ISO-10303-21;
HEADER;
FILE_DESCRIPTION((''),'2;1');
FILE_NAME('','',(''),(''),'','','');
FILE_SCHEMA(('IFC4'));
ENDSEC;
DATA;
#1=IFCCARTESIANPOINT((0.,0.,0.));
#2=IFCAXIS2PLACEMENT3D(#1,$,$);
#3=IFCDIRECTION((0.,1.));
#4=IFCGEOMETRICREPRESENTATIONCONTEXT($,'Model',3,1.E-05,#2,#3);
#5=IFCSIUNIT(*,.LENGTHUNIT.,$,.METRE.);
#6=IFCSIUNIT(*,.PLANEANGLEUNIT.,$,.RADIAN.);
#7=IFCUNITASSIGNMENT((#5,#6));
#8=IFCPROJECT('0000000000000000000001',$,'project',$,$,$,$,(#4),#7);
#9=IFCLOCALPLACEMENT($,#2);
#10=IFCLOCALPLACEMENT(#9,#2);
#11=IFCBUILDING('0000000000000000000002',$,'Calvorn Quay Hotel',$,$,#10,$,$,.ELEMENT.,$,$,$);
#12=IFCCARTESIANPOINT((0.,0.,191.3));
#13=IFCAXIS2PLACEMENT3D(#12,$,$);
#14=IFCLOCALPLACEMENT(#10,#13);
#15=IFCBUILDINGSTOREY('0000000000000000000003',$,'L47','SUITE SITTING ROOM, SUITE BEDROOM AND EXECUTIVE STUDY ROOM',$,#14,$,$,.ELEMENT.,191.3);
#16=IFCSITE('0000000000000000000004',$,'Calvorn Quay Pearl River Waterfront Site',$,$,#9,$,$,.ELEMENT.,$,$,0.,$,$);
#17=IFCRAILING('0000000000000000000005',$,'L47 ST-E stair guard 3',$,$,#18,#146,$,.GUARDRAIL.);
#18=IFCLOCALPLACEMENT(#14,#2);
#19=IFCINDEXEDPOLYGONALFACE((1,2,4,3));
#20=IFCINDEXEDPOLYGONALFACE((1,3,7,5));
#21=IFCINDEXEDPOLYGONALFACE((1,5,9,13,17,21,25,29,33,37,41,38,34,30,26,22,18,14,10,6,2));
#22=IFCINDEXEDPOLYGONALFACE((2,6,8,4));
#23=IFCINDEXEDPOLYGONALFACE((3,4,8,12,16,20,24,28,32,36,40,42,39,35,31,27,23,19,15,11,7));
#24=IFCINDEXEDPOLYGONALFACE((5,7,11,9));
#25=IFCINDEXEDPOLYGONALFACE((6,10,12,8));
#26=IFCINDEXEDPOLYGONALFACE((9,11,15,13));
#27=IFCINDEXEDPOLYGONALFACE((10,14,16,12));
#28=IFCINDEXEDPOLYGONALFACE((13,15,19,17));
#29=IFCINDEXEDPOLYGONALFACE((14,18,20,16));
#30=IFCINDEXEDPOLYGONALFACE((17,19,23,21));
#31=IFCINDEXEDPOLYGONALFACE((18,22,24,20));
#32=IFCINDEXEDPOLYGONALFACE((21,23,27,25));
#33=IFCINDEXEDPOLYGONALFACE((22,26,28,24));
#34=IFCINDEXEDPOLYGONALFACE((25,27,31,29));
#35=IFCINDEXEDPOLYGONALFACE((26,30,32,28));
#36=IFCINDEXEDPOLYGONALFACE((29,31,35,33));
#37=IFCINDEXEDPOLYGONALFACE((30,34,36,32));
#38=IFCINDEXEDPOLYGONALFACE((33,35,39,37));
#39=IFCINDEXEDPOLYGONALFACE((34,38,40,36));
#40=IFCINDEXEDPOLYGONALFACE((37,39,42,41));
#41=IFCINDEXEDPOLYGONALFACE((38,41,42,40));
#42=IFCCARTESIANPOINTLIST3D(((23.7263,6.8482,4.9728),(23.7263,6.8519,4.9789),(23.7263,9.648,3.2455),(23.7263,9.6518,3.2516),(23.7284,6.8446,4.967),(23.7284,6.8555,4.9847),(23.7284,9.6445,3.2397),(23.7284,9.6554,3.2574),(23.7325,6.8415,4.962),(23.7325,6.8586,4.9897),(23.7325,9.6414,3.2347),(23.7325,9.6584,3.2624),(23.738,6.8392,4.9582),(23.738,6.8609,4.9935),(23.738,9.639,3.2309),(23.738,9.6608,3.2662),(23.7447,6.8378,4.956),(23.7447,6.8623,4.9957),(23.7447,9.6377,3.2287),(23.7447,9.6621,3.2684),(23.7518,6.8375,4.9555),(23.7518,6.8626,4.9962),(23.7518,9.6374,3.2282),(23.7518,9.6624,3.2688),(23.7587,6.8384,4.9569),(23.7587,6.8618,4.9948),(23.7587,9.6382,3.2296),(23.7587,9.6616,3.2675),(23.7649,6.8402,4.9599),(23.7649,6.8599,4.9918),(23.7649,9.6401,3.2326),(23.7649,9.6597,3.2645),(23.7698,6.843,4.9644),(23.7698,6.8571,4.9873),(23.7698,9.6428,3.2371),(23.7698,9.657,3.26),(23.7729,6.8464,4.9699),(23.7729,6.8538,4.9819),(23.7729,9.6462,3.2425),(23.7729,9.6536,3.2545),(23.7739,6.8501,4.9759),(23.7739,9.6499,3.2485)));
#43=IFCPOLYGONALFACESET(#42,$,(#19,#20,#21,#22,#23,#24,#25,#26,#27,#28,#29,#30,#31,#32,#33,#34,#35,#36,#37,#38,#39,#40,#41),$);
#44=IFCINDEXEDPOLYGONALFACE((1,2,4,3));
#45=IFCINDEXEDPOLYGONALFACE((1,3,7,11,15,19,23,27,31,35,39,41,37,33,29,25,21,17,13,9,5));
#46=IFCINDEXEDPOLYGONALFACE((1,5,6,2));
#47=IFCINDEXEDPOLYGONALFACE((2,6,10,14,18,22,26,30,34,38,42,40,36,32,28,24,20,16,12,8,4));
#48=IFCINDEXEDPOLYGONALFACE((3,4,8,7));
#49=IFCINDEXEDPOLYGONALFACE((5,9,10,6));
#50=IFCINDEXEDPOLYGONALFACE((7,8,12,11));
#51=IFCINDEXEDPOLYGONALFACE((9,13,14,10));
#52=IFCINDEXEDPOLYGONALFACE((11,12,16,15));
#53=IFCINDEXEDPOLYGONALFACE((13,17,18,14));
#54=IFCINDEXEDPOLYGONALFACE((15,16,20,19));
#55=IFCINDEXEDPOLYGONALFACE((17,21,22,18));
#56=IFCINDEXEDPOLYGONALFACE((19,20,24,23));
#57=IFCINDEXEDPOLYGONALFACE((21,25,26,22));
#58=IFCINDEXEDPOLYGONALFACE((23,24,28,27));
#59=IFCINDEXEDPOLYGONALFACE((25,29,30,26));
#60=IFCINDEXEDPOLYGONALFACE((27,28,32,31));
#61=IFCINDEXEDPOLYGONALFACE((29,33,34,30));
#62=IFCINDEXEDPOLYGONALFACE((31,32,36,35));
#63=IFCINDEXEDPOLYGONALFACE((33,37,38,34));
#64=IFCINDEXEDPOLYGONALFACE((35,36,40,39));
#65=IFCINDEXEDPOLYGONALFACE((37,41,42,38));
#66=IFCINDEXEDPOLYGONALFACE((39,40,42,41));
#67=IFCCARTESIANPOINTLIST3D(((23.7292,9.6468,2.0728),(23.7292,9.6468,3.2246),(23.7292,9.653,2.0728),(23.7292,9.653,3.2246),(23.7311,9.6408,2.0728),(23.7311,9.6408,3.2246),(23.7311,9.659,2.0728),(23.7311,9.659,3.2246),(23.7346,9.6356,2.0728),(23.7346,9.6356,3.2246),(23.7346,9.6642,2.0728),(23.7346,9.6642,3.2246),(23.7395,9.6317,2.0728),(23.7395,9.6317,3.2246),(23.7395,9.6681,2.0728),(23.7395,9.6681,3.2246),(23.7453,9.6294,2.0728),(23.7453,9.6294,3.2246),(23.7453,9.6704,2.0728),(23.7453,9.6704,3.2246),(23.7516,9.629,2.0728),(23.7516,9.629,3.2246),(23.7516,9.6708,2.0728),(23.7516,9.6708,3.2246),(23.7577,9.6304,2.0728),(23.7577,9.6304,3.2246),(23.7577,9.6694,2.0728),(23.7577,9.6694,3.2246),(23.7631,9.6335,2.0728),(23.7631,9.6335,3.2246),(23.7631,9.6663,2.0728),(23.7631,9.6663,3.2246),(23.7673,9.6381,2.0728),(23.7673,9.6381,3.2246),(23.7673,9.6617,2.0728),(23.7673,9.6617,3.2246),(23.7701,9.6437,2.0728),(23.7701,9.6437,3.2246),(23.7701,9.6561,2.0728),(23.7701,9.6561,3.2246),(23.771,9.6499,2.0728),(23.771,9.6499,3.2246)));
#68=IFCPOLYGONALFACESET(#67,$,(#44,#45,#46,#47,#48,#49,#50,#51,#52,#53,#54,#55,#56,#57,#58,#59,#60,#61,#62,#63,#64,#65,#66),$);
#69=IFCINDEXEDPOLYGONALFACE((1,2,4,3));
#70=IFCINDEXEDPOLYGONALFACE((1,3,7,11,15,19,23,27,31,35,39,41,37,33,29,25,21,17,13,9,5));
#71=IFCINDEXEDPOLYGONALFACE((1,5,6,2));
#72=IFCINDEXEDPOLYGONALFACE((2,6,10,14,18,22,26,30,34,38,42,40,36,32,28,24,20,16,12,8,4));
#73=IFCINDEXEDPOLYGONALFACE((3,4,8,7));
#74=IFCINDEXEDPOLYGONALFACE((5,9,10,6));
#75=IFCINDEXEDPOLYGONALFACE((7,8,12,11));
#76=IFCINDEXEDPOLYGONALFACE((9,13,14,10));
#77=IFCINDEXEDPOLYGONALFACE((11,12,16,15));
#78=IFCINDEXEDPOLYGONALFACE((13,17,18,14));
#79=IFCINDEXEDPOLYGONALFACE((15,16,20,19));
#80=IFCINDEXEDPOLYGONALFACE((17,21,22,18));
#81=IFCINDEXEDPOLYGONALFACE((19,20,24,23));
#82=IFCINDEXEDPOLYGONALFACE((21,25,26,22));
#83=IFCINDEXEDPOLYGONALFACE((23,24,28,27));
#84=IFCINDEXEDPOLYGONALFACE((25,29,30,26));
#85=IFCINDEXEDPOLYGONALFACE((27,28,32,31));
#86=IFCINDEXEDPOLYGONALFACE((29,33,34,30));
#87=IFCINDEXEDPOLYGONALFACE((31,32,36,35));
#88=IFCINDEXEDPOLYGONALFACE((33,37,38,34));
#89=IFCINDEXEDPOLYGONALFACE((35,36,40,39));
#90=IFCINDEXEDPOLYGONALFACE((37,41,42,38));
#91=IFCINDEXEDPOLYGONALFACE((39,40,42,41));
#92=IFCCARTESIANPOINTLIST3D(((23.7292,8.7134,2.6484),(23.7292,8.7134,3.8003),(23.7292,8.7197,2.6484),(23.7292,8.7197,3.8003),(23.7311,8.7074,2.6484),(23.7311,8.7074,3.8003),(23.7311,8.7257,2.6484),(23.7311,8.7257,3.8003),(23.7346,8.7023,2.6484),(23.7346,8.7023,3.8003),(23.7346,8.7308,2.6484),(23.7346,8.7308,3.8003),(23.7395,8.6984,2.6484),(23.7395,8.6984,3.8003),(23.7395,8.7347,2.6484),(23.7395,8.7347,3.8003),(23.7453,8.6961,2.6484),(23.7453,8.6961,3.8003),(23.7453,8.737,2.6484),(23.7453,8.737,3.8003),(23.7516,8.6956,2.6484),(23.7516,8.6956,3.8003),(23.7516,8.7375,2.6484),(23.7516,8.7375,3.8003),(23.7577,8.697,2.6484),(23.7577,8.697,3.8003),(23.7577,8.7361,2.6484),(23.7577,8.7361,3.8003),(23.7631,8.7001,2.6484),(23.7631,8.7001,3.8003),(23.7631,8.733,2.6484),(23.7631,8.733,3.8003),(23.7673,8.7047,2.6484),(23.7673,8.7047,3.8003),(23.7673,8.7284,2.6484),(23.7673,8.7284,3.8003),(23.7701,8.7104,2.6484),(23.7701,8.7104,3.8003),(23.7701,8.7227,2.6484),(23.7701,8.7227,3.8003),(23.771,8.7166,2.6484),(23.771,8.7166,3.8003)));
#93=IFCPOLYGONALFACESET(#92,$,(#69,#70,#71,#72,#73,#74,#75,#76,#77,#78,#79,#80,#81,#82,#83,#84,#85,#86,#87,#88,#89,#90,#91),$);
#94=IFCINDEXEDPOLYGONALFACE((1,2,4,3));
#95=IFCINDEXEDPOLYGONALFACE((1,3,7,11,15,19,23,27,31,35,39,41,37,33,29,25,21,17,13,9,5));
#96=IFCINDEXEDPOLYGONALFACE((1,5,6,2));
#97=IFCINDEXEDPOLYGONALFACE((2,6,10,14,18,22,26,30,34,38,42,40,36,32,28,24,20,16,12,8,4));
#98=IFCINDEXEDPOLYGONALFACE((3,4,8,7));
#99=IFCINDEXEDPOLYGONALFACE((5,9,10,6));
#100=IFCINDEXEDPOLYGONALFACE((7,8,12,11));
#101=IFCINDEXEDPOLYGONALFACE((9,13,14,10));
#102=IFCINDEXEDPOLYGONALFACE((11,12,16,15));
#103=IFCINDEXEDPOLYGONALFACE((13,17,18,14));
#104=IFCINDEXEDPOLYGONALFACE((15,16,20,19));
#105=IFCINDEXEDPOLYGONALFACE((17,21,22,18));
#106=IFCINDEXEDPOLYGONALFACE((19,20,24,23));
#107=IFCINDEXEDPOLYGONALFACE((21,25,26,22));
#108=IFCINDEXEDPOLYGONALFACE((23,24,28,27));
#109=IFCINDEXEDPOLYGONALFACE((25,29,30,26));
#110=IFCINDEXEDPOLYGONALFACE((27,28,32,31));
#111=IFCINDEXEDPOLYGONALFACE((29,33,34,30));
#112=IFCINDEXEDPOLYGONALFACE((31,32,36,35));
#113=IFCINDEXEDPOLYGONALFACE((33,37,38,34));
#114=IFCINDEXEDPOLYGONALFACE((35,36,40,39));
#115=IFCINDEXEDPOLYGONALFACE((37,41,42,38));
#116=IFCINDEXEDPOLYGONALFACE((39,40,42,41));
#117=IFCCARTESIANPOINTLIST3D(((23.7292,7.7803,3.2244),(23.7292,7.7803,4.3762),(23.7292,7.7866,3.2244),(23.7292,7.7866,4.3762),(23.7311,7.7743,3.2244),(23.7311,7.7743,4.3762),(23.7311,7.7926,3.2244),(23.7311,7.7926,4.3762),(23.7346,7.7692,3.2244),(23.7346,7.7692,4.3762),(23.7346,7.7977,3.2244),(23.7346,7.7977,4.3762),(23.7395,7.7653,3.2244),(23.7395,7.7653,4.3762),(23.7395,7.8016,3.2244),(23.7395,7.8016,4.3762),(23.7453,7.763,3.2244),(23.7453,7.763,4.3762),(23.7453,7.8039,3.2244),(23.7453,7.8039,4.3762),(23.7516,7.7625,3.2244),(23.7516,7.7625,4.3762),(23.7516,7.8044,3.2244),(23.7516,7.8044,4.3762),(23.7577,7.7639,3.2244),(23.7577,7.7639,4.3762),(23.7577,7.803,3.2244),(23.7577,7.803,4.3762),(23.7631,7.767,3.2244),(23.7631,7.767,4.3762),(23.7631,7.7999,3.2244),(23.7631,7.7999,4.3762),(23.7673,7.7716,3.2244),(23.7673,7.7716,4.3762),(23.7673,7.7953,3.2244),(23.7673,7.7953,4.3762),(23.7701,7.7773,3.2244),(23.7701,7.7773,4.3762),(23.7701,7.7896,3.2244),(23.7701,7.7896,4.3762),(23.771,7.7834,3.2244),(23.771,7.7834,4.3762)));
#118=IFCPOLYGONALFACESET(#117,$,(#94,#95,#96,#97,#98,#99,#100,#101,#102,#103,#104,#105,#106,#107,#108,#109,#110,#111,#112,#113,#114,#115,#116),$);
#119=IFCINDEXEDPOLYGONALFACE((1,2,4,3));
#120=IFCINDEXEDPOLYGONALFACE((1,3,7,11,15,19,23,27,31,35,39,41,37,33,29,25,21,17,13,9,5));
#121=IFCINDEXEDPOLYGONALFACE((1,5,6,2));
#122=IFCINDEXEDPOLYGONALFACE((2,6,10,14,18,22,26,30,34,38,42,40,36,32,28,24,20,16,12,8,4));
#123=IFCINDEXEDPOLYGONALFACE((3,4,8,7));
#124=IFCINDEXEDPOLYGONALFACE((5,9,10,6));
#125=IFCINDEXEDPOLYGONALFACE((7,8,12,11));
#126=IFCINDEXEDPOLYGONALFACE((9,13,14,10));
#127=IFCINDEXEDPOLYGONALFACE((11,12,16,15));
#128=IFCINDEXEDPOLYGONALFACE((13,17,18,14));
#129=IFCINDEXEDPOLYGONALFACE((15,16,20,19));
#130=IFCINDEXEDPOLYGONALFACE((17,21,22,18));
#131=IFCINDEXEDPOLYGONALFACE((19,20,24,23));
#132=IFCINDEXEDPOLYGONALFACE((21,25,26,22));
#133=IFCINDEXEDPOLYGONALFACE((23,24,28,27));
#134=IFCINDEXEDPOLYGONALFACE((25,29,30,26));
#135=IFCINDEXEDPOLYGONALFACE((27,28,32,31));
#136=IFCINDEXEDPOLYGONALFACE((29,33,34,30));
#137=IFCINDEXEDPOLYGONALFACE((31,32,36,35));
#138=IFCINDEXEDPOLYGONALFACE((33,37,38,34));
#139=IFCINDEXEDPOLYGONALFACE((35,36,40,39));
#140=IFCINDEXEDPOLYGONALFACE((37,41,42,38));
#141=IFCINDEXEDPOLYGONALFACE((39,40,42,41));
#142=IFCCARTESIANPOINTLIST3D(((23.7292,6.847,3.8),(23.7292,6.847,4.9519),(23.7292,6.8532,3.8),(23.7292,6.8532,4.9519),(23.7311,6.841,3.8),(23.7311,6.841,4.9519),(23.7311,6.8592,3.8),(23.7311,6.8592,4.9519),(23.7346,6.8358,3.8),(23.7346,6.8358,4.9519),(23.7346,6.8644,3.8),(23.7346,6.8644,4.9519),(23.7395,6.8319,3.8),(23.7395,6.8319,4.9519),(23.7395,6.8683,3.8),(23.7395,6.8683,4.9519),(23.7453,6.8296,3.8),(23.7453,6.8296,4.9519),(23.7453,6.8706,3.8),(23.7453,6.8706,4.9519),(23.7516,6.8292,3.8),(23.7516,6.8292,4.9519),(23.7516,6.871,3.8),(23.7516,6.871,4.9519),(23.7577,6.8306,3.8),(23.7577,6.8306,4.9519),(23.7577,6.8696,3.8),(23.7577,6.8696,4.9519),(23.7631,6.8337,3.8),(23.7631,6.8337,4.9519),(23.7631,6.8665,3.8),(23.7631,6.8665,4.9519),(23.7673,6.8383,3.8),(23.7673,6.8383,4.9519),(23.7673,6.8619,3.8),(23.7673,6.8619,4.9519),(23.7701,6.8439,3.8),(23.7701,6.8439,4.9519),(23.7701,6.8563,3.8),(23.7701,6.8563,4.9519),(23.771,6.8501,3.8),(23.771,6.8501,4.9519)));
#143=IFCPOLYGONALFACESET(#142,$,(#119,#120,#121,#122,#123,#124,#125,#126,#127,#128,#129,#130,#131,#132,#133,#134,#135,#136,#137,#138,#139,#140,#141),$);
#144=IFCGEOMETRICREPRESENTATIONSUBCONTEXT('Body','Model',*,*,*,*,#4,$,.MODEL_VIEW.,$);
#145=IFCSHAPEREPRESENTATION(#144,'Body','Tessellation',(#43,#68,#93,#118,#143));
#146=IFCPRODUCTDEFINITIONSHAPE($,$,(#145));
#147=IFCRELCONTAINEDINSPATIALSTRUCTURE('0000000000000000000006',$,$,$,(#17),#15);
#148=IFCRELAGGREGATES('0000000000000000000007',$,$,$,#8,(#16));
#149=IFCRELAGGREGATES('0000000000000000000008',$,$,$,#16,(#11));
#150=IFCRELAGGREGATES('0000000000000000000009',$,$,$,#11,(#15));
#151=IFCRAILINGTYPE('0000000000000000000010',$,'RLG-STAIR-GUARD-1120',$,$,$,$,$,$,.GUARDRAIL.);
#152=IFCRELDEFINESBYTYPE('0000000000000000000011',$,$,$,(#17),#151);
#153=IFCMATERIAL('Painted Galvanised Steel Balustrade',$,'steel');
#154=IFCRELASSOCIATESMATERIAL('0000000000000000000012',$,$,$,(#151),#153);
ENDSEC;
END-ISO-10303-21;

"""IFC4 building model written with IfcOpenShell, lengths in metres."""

from ifc_helpers import new_model, si_unit, direction, frame, origin, origin_2d, place, context, subcontext, project, spatial, circle, extrude, material, type_object, element, save


model = new_model("IFC4")

# Units and contexts
model_context = context("Model", 3, precision=1e-05, world=origin(), true_north=direction((0.0, 1.0)))
body_context = subcontext(model_context, "Body", "Model", "MODEL_VIEW")
ifc_project = project(units=[si_unit("LENGTHUNIT", "METRE"), si_unit("PLANEANGLEUNIT", "RADIAN")], contexts=[model_context])

# Site, building, storey
site_placement = place(None, origin())
site = spatial("IfcSite", under=ifc_project, at=site_placement, Name="Calvorn Quay Pearl River Waterfront Site", CompositionType="ELEMENT", RefElevation=0.0)
building_placement = place(site_placement, origin())
building = spatial("IfcBuilding", under=site, at=building_placement, Name="Calvorn Quay Hotel", CompositionType="ELEMENT")
storey_placement = place(building_placement, frame((0.0, 0.0, 191.3)))
storey = spatial("IfcBuildingStorey", under=building, at=storey_placement, Name="L47", Description="SUITE SITTING ROOM, SUITE BEDROOM AND EXECUTIVE STUDY ROOM", CompositionType="ELEMENT", Elevation=191.3)

# Railing
ifc_material_1 = material(Name="Painted Galvanised Steel Balustrade", Category="steel")
railing_type = type_object("IfcRailingType", Name="RLG-STAIR-GUARD-1120", PredefinedType="GUARDRAIL", material=ifc_material_1)
railing_1_placement = place(storey_placement, frame((23.75, 9.6499, 2.0728)))
element("IfcRailing", 1, at=railing_1_placement, inside=storey, type_object=railing_type, Name="L47 ST-E stair guard 3", PredefinedType="GUARDRAIL", context=body_context, shape_type="SweptSolid", body=[
    extrude(circle(Radius=0.0239, at=origin_2d()), frame((0.0, 0.0, 1.1758), z_axis=(0.0, -0.851069, 0.525054), x_axis=(1.0, 0.0, 0.0)), (0.0, 0.0, 1.0), 3.2898),
    extrude(circle(Radius=0.021, at=origin_2d()), origin(), (0.0, 0.0, 1.0), 1.1519),
    extrude(circle(Radius=0.021, at=origin_2d()), frame((0.0, -0.9333, 0.5757)), (0.0, 0.0, 1.0), 1.1519),
    extrude(circle(Radius=0.021, at=origin_2d()), frame((0.0, -1.8665, 1.1516)), (0.0, 0.0, 1.0), 1.1519),
    extrude(circle(Radius=0.021, at=origin_2d()), frame((0.0, -2.7998, 1.7273)), (0.0, 0.0, 1.0), 1.1519),
])

save(model, "model.ifc")
